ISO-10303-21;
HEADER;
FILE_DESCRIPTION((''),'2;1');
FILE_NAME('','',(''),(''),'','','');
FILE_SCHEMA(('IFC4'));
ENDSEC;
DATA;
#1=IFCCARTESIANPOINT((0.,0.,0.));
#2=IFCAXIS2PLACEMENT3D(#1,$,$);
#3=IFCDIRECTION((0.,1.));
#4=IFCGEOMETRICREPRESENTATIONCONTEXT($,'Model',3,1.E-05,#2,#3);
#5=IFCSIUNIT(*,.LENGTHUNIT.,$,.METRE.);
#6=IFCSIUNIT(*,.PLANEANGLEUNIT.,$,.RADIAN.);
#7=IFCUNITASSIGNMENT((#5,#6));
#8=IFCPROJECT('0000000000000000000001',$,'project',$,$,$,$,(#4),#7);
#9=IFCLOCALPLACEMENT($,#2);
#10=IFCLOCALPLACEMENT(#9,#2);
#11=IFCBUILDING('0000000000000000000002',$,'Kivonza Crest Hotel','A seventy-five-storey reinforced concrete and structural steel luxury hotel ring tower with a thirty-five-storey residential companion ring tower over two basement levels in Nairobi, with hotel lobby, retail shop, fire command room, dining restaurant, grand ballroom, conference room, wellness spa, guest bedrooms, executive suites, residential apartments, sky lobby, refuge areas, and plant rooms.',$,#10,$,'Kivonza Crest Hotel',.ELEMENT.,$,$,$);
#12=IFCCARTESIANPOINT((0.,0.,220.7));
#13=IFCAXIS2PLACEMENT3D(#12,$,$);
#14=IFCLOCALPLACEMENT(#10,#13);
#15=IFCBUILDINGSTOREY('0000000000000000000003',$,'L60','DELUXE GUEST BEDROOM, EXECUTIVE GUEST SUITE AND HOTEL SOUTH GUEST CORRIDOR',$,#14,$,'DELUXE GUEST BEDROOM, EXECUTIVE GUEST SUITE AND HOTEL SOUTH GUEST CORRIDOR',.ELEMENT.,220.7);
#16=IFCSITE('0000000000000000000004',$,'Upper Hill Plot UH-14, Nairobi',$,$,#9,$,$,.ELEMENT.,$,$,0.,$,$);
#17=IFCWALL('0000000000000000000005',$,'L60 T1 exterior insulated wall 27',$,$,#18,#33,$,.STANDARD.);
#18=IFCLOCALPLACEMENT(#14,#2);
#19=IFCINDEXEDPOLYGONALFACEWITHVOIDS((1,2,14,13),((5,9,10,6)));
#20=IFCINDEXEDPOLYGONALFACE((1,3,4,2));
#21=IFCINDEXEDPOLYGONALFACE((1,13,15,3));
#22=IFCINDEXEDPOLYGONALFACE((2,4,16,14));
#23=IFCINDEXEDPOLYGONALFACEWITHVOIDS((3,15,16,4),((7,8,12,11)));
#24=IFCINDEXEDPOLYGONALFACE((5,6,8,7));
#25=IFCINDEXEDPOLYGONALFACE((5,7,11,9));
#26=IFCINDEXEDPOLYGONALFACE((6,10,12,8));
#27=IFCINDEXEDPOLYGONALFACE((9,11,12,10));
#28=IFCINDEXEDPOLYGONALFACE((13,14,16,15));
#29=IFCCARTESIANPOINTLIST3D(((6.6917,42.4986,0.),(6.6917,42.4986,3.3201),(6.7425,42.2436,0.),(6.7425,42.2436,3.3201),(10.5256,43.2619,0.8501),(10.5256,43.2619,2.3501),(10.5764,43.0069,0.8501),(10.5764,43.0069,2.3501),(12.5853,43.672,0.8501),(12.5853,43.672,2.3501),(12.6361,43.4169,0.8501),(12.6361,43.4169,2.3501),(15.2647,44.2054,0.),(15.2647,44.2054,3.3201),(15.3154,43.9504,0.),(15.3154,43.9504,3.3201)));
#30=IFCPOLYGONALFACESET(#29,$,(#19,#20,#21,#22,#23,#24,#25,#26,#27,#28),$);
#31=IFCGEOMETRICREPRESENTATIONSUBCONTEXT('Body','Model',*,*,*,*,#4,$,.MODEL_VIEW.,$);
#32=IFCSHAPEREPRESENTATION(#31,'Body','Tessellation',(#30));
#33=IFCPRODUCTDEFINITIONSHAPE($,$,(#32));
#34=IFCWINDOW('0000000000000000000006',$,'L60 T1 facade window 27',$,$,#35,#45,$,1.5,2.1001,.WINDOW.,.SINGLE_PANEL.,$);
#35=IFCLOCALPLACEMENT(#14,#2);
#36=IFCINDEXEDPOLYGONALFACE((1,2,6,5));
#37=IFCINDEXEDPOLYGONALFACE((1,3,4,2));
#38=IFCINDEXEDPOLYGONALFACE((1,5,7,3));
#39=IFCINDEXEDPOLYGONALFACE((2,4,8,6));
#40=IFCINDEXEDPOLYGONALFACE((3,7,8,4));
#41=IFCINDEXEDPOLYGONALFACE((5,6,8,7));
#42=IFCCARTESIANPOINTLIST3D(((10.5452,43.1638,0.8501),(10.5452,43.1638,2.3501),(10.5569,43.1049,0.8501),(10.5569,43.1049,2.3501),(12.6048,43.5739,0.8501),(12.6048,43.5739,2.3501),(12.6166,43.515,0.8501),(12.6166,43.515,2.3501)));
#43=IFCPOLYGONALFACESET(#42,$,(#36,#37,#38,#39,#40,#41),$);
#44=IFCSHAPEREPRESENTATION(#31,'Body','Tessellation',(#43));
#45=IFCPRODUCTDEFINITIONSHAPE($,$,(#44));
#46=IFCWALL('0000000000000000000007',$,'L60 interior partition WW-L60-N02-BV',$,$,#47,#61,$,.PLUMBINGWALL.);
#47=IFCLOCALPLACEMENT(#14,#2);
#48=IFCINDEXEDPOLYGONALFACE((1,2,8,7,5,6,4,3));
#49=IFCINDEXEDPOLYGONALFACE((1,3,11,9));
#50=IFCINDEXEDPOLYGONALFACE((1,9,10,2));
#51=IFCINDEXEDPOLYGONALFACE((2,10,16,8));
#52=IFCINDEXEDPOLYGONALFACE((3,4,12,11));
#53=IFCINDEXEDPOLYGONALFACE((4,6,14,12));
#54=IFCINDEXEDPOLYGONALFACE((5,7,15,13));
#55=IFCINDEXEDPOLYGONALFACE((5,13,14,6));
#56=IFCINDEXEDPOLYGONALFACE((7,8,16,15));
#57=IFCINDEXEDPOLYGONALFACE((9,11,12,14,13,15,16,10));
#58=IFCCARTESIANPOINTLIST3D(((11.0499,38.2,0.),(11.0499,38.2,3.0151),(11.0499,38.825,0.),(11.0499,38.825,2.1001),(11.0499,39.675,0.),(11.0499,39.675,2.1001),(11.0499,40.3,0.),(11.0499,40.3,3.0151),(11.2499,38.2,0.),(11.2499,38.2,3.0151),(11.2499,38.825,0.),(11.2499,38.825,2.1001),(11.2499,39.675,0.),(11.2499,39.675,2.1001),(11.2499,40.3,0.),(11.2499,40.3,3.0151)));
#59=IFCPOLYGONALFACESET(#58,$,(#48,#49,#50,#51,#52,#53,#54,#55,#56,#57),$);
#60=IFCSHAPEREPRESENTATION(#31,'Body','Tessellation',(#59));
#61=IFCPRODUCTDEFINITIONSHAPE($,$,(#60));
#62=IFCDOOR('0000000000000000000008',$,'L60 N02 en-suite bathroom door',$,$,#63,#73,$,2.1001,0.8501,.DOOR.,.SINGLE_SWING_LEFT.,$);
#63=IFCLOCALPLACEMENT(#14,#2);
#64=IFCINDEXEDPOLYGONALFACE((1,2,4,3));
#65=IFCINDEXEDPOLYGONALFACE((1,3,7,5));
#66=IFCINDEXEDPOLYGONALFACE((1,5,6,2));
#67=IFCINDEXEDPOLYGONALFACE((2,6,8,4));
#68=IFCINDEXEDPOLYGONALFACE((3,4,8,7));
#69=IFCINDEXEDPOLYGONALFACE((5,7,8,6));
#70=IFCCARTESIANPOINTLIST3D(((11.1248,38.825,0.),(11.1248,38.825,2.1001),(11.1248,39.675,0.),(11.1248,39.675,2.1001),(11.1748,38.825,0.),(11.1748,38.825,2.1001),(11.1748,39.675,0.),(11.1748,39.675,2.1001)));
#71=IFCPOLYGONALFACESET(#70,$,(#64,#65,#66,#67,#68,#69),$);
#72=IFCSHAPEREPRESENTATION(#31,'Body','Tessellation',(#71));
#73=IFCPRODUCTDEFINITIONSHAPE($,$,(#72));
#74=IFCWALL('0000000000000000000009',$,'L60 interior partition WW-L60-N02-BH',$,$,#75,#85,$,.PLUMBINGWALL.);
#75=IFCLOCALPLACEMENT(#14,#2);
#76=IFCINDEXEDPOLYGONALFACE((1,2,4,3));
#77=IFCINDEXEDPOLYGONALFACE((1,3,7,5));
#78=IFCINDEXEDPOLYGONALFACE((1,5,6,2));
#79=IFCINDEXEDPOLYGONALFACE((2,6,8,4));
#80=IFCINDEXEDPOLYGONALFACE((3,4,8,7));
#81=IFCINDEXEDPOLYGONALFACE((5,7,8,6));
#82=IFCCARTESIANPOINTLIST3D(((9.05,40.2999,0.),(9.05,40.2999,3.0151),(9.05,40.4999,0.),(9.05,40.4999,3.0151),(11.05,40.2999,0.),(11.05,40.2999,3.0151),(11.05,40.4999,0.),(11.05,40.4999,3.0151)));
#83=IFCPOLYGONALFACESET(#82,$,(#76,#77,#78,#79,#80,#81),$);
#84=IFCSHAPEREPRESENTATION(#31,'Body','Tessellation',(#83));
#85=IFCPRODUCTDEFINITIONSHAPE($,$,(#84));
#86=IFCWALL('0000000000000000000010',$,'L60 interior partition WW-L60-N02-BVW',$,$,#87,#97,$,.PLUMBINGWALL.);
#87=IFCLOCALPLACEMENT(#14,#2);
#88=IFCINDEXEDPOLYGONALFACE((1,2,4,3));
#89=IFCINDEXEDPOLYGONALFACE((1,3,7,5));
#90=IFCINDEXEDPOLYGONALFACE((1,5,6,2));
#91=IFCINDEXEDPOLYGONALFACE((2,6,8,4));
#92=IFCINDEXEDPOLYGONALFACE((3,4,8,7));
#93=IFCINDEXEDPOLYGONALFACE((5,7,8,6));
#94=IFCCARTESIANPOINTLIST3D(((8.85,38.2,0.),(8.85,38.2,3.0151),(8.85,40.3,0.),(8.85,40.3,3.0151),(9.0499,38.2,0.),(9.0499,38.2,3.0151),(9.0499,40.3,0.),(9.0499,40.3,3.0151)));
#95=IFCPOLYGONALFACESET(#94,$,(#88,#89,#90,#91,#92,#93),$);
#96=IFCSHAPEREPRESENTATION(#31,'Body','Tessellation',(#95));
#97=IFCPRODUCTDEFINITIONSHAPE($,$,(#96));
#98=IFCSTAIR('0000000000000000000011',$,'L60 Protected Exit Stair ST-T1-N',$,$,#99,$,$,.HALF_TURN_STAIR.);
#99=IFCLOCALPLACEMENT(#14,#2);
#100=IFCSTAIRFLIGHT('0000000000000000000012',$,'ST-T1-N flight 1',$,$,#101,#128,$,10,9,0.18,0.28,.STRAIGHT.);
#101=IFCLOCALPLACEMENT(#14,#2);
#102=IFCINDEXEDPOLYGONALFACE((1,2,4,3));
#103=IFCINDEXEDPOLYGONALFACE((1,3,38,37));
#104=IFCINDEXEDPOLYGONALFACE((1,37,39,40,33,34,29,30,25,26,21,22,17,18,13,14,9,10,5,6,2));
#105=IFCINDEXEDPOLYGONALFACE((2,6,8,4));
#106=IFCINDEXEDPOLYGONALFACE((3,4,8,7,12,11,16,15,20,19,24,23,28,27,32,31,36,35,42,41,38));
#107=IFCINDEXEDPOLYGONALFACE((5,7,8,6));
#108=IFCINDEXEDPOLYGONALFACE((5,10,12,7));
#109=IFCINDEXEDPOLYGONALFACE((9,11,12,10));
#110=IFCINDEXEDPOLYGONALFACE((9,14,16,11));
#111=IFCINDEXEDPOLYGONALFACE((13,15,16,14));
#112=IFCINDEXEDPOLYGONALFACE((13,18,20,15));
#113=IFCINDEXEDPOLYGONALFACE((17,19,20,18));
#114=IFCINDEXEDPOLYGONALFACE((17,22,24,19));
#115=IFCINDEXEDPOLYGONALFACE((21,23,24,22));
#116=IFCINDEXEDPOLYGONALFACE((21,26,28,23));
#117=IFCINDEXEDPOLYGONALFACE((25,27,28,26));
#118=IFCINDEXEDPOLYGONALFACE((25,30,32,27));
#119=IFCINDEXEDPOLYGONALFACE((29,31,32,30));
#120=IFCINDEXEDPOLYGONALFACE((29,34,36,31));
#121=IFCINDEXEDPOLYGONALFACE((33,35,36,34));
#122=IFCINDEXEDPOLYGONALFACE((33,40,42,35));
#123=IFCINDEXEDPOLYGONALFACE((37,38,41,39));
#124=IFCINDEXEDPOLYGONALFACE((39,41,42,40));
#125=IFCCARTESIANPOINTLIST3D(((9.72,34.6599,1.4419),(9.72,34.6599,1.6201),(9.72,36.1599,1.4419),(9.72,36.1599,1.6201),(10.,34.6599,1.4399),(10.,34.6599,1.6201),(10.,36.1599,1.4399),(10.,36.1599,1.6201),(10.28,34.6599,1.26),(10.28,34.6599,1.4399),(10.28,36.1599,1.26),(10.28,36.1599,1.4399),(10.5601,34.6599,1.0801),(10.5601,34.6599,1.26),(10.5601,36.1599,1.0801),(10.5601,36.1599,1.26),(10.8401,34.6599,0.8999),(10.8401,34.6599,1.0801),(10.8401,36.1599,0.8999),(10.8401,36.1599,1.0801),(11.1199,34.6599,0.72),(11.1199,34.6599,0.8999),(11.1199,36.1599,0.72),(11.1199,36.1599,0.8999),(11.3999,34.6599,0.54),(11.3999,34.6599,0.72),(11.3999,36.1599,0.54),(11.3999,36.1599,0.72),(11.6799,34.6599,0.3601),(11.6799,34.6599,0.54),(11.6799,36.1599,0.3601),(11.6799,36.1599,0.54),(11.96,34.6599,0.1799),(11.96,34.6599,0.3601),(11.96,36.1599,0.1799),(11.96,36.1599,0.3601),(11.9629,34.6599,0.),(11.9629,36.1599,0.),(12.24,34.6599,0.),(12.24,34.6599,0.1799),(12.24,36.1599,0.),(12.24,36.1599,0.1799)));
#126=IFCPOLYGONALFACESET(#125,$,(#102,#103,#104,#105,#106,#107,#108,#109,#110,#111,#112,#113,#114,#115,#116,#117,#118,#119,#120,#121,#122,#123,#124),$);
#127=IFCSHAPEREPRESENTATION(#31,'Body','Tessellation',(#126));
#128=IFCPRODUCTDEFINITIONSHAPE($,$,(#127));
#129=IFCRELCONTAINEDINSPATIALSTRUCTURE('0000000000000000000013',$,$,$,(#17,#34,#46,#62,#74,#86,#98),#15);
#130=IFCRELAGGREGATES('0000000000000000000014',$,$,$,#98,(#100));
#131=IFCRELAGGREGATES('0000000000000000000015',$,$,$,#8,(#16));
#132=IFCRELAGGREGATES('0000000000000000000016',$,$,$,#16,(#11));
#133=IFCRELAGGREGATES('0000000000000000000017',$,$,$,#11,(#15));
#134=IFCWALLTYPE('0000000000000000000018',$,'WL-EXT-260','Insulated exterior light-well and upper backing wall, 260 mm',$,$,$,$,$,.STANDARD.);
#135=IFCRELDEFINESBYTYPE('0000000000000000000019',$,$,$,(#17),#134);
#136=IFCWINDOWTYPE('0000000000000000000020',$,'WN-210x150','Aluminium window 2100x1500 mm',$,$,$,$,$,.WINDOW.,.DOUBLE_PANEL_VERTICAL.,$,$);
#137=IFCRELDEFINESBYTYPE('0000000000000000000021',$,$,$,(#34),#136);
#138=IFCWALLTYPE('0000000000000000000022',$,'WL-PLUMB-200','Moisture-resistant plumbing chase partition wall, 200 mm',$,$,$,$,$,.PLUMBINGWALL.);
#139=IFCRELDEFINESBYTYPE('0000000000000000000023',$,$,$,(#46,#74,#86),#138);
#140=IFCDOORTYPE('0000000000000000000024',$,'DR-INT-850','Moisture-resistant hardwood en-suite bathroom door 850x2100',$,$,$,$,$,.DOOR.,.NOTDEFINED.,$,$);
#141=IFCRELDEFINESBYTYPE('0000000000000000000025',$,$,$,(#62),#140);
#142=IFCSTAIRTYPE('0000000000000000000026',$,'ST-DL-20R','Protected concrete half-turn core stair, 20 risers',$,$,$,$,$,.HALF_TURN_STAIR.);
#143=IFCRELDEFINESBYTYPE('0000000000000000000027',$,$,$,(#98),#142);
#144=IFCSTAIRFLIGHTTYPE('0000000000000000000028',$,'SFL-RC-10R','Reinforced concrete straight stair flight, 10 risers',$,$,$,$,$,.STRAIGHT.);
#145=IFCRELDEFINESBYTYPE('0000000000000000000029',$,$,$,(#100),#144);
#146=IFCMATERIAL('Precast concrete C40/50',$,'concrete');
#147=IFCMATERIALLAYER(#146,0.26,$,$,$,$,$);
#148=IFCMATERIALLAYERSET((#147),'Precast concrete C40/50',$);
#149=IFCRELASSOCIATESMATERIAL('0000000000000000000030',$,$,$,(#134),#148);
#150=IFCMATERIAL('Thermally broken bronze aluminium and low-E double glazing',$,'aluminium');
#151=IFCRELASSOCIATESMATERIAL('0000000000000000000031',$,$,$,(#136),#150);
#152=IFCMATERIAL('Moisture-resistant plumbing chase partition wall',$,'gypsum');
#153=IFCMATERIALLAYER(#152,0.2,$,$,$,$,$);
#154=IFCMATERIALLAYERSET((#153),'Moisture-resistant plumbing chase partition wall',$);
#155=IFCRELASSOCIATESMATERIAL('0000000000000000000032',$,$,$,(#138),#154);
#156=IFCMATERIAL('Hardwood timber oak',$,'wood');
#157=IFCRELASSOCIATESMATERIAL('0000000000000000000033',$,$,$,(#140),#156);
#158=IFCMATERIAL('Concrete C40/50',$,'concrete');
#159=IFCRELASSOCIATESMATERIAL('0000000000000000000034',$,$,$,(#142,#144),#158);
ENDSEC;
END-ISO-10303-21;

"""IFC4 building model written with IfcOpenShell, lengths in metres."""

from ifc_helpers import new_model, si_unit, direction, frame, frame_2d, origin, place, context, subcontext, project, spatial, polyline, rectangle, outline, extrude, material, layer, layer_set, type_object, element, fill, aggregate, save


model = new_model("IFC4")

# Units and contexts
model_context = context("Model", 3, precision=1e-05, world=origin(), true_north=direction((0.0, 1.0)))
body_context = subcontext(model_context, "Body", "Model", "MODEL_VIEW")
ifc_project = project(units=[si_unit("LENGTHUNIT", "METRE"), si_unit("PLANEANGLEUNIT", "RADIAN")], contexts=[model_context])

# Site, building, storey
site_placement = place(None, origin())
site = spatial("IfcSite", under=ifc_project, at=site_placement, Name="Upper Hill Plot UH-14, Nairobi", CompositionType="ELEMENT", RefElevation=0.0)
building_placement = place(site_placement, origin())
building = spatial("IfcBuilding", under=site, at=building_placement, Name="Kivonza Crest Hotel", Description="A seventy-five-storey reinforced concrete and structural steel luxury hotel ring tower with a thirty-five-storey residential companion ring tower over two basement levels in Nairobi, with hotel lobby, retail shop, fire command room, dining restaurant, grand ballroom, conference room, wellness spa, guest bedrooms, executive suites, residential apartments, sky lobby, refuge areas, and plant rooms.", LongName="Kivonza Crest Hotel", CompositionType="ELEMENT")
storey_placement = place(building_placement, frame((0.0, 0.0, 220.7)))
storey = spatial("IfcBuildingStorey", under=building, at=storey_placement, Name="L60", Description="DELUXE GUEST BEDROOM, EXECUTIVE GUEST SUITE AND HOTEL SOUTH GUEST CORRIDOR", LongName="DELUXE GUEST BEDROOM, EXECUTIVE GUEST SUITE AND HOTEL SOUTH GUEST CORRIDOR", CompositionType="ELEMENT", Elevation=220.7)

# Shared definitions
ifc_material_1 = material(Name="Hardwood timber oak", Category="wood")

# Wall, opening, window
ifc_material_2 = material(Name="Precast concrete C40/50", Category="concrete")
ifc_layer_1 = layer(ifc_material_2, 0.26)
ifc_layer_set_1 = layer_set([ifc_layer_1], Name="Precast concrete C40/50")
wall_type_1 = type_object("IfcWallType", Name="WL-EXT-260", Description="Insulated exterior light-well and upper backing wall, 260 mm", PredefinedType="STANDARD", material=ifc_layer_set_1)
wall_1_placement = place(storey_placement, frame((15.29, 44.0779, 0.0), z_axis=(0.0, 0.0, 1.0), x_axis=(-0.980752, -0.195257, 0.0)))
wall_1 = element("IfcWall", 1, at=wall_1_placement, inside=storey, type_object=wall_type_1, Name="L60 T1 exterior insulated wall 27", PredefinedType="STANDARD", context=body_context, shape_type="SweptSolid", body=[
    extrude(rectangle(XDim=8.7412, YDim=0.26, at=frame_2d((4.3706, 0.0))), origin(), (0.0, 0.0, 1.0), 3.3201),
])
opening_1_placement = place(wall_1_placement, frame((2.7319, 0.0, 0.8501)))
opening_1 = element("IfcOpeningElement", 2, at=opening_1_placement, cuts=wall_1, PredefinedType="OPENING", context=body_context, shape_type="SweptSolid", body=[
    extrude(rectangle(XDim=2.1001, YDim=1.5, at=frame_2d((1.05, 0.75))), frame((0.0, 0.1401, 0.0), z_axis=(0.0, -1.0, 0.0), x_axis=(1.0, 0.0, 0.0)), (0.0, 0.0, 1.0), 0.28),
])
ifc_material_3 = material(Name="Thermally broken bronze aluminium and low-E double glazing", Category="aluminium")
window_type = type_object("IfcWindowType", Name="WN-210x150", Description="Aluminium window 2100x1500 mm", PartitioningType="DOUBLE_PANEL_VERTICAL", PredefinedType="WINDOW", material=ifc_material_3)
window_placement = place(opening_1_placement, origin())
window = element("IfcWindow", 3, at=window_placement, inside=storey, type_object=window_type, Name="L60 T1 facade window 27", OverallHeight=1.5, OverallWidth=2.1001, PartitioningType="SINGLE_PANEL", PredefinedType="WINDOW", context=body_context, shape_type="SweptSolid", body=[
    extrude(rectangle(XDim=2.1001, YDim=1.5, at=frame_2d((1.05, 0.75))), frame((0.0, 0.03, 0.0), z_axis=(0.0, -1.0, 0.0), x_axis=(1.0, 0.0, 0.0)), (0.0, 0.0, 1.0), 0.0601),
])
fill(opening_1, window)

# Wall, opening, door
ifc_material_4 = material(Name="Moisture-resistant plumbing chase partition wall", Category="gypsum")
ifc_layer_2 = layer(ifc_material_4, 0.2)
ifc_layer_set_2 = layer_set([ifc_layer_2], Name="Moisture-resistant plumbing chase partition wall")
wall_type_2 = type_object("IfcWallType", Name="WL-PLUMB-200", Description="Moisture-resistant plumbing chase partition wall, 200 mm", PredefinedType="PLUMBINGWALL", material=ifc_layer_set_2)
wall_2_placement = place(storey_placement, frame((11.1499, 38.2, 0.0), z_axis=(0.0, 0.0, 1.0), x_axis=(0.0, 1.0, 0.0)))
wall_2 = element("IfcWall", 4, at=wall_2_placement, inside=storey, type_object=wall_type_2, Name="L60 interior partition WW-L60-N02-BV", PredefinedType="PLUMBINGWALL", context=body_context, shape_type="SweptSolid", body=[
    extrude(rectangle(XDim=2.1001, YDim=0.2, at=frame_2d((1.05, 0.0))), origin(), (0.0, 0.0, 1.0), 3.0151),
])
opening_2_placement = place(wall_2_placement, frame((0.625, 0.0, 0.0)))
opening_2 = element("IfcOpeningElement", 5, at=opening_2_placement, cuts=wall_2, PredefinedType="OPENING", context=body_context, shape_type="SweptSolid", body=[
    extrude(rectangle(XDim=0.8501, YDim=2.1001, at=frame_2d((0.425, 1.05))), frame((0.0, 0.1099, 0.0), z_axis=(0.0, -1.0, 0.0), x_axis=(1.0, 0.0, 0.0)), (0.0, 0.0, 1.0), 0.22),
])
door_type_1 = type_object("IfcDoorType", Name="DR-INT-850", Description="Moisture-resistant hardwood en-suite bathroom door 850x2100", OperationType="NOTDEFINED", PredefinedType="DOOR", material=ifc_material_1)
door_1_placement = place(opening_2_placement, frame((0.8501, 0.0, 0.0), z_axis=(0.0, 0.0, 1.0), x_axis=(-1.0, 0.0, 0.0)))
door_1 = element("IfcDoor", 6, at=door_1_placement, inside=storey, type_object=door_type_1, Name="L60 N02 en-suite bathroom door", OperationType="SINGLE_SWING_LEFT", OverallHeight=2.1001, OverallWidth=0.8501, PredefinedType="DOOR", context=body_context, shape_type="SweptSolid", body=[
    extrude(rectangle(XDim=0.8501, YDim=2.1001, at=frame_2d((0.425, 1.05))), frame((0.0, 0.0249, 0.0), z_axis=(0.0, -1.0, 0.0), x_axis=(1.0, 0.0, 0.0)), (0.0, 0.0, 1.0), 0.05),
])
fill(opening_2, door_1)

# Walls
wall_3_placement = place(storey_placement, frame((9.05, 40.3999, 0.0), z_axis=(0.0, 0.0, 1.0), x_axis=(1.0, 0.0, 0.0)))
element("IfcWall", 7, at=wall_3_placement, inside=storey, type_object=wall_type_2, Name="L60 interior partition WW-L60-N02-BH", PredefinedType="PLUMBINGWALL", context=body_context, shape_type="SweptSolid", body=[
    extrude(rectangle(XDim=2.0, YDim=0.2, at=frame_2d((1.0, 0.0))), origin(), (0.0, 0.0, 1.0), 3.0151),
])
wall_4_placement = place(storey_placement, frame((8.95, 38.2, 0.0), z_axis=(0.0, 0.0, 1.0), x_axis=(0.0, 1.0, 0.0)))
element("IfcWall", 8, at=wall_4_placement, inside=storey, type_object=wall_type_2, Name="L60 interior partition WW-L60-N02-BVW", PredefinedType="PLUMBINGWALL", context=body_context, shape_type="SweptSolid", body=[
    extrude(rectangle(XDim=2.1001, YDim=0.2, at=frame_2d((1.05, 0.0))), origin(), (0.0, 0.0, 1.0), 3.0151),
])

# Stair, stair flight
ifc_material_5 = material(Name="Concrete C40/50", Category="concrete")
stair_type = type_object("IfcStairType", Name="ST-DL-20R", Description="Protected concrete half-turn core stair, 20 risers", PredefinedType="HALF_TURN_STAIR", material=ifc_material_5)
stair_placement = place(storey_placement, origin())
stair = element("IfcStair", 9, at=stair_placement, inside=storey, type_object=stair_type, Name="L60 Protected Exit Stair ST-T1-N", PredefinedType="HALF_TURN_STAIR")
stair_flight_type = type_object("IfcStairFlightType", Name="SFL-RC-10R", Description="Reinforced concrete straight stair flight, 10 risers", PredefinedType="STRAIGHT", material=ifc_material_5)
stair_flight_placement = place(storey_placement, frame((12.24, 35.4099, 0.0), z_axis=(0.0, 0.0, 1.0), x_axis=(-1.0, 0.0, 0.0)))
stair_flight = element("IfcStairFlight", 10, at=stair_flight_placement, type_object=stair_flight_type, Name="ST-T1-N flight 1", NumberOfRisers=10, NumberOfTreads=9, PredefinedType="STRAIGHT", RiserHeight=0.18, TreadLength=0.28, context=body_context, shape_type="SweptSolid", body=[
    extrude(outline(polyline([(0.0, 0.0), (0.0, 0.1799), (0.28, 0.1799), (0.28, 0.3601), (0.5601, 0.3601), (0.5601, 0.54), (0.8401, 0.54), (0.8401, 0.72), (1.1201, 0.72), (1.1201, 0.8999), (1.3999, 0.8999), (1.3999, 1.0801), (1.6799, 1.0801), (1.6799, 1.26), (1.96, 1.26), (1.96, 1.4399), (2.24, 1.4399), (2.24, 1.6201), (2.52, 1.6201), (2.52, 1.8), (2.52, 1.4419), (0.2771, 0.0), (0.0, 0.0)])), frame((0.0, 0.75, 0.0), z_axis=(0.0, -1.0, 0.0), x_axis=(1.0, 0.0, 0.0)), (0.0, 0.0, 1.0), 1.5),
])
aggregate(stair, [stair_flight])

save(model, "model.ifc")
